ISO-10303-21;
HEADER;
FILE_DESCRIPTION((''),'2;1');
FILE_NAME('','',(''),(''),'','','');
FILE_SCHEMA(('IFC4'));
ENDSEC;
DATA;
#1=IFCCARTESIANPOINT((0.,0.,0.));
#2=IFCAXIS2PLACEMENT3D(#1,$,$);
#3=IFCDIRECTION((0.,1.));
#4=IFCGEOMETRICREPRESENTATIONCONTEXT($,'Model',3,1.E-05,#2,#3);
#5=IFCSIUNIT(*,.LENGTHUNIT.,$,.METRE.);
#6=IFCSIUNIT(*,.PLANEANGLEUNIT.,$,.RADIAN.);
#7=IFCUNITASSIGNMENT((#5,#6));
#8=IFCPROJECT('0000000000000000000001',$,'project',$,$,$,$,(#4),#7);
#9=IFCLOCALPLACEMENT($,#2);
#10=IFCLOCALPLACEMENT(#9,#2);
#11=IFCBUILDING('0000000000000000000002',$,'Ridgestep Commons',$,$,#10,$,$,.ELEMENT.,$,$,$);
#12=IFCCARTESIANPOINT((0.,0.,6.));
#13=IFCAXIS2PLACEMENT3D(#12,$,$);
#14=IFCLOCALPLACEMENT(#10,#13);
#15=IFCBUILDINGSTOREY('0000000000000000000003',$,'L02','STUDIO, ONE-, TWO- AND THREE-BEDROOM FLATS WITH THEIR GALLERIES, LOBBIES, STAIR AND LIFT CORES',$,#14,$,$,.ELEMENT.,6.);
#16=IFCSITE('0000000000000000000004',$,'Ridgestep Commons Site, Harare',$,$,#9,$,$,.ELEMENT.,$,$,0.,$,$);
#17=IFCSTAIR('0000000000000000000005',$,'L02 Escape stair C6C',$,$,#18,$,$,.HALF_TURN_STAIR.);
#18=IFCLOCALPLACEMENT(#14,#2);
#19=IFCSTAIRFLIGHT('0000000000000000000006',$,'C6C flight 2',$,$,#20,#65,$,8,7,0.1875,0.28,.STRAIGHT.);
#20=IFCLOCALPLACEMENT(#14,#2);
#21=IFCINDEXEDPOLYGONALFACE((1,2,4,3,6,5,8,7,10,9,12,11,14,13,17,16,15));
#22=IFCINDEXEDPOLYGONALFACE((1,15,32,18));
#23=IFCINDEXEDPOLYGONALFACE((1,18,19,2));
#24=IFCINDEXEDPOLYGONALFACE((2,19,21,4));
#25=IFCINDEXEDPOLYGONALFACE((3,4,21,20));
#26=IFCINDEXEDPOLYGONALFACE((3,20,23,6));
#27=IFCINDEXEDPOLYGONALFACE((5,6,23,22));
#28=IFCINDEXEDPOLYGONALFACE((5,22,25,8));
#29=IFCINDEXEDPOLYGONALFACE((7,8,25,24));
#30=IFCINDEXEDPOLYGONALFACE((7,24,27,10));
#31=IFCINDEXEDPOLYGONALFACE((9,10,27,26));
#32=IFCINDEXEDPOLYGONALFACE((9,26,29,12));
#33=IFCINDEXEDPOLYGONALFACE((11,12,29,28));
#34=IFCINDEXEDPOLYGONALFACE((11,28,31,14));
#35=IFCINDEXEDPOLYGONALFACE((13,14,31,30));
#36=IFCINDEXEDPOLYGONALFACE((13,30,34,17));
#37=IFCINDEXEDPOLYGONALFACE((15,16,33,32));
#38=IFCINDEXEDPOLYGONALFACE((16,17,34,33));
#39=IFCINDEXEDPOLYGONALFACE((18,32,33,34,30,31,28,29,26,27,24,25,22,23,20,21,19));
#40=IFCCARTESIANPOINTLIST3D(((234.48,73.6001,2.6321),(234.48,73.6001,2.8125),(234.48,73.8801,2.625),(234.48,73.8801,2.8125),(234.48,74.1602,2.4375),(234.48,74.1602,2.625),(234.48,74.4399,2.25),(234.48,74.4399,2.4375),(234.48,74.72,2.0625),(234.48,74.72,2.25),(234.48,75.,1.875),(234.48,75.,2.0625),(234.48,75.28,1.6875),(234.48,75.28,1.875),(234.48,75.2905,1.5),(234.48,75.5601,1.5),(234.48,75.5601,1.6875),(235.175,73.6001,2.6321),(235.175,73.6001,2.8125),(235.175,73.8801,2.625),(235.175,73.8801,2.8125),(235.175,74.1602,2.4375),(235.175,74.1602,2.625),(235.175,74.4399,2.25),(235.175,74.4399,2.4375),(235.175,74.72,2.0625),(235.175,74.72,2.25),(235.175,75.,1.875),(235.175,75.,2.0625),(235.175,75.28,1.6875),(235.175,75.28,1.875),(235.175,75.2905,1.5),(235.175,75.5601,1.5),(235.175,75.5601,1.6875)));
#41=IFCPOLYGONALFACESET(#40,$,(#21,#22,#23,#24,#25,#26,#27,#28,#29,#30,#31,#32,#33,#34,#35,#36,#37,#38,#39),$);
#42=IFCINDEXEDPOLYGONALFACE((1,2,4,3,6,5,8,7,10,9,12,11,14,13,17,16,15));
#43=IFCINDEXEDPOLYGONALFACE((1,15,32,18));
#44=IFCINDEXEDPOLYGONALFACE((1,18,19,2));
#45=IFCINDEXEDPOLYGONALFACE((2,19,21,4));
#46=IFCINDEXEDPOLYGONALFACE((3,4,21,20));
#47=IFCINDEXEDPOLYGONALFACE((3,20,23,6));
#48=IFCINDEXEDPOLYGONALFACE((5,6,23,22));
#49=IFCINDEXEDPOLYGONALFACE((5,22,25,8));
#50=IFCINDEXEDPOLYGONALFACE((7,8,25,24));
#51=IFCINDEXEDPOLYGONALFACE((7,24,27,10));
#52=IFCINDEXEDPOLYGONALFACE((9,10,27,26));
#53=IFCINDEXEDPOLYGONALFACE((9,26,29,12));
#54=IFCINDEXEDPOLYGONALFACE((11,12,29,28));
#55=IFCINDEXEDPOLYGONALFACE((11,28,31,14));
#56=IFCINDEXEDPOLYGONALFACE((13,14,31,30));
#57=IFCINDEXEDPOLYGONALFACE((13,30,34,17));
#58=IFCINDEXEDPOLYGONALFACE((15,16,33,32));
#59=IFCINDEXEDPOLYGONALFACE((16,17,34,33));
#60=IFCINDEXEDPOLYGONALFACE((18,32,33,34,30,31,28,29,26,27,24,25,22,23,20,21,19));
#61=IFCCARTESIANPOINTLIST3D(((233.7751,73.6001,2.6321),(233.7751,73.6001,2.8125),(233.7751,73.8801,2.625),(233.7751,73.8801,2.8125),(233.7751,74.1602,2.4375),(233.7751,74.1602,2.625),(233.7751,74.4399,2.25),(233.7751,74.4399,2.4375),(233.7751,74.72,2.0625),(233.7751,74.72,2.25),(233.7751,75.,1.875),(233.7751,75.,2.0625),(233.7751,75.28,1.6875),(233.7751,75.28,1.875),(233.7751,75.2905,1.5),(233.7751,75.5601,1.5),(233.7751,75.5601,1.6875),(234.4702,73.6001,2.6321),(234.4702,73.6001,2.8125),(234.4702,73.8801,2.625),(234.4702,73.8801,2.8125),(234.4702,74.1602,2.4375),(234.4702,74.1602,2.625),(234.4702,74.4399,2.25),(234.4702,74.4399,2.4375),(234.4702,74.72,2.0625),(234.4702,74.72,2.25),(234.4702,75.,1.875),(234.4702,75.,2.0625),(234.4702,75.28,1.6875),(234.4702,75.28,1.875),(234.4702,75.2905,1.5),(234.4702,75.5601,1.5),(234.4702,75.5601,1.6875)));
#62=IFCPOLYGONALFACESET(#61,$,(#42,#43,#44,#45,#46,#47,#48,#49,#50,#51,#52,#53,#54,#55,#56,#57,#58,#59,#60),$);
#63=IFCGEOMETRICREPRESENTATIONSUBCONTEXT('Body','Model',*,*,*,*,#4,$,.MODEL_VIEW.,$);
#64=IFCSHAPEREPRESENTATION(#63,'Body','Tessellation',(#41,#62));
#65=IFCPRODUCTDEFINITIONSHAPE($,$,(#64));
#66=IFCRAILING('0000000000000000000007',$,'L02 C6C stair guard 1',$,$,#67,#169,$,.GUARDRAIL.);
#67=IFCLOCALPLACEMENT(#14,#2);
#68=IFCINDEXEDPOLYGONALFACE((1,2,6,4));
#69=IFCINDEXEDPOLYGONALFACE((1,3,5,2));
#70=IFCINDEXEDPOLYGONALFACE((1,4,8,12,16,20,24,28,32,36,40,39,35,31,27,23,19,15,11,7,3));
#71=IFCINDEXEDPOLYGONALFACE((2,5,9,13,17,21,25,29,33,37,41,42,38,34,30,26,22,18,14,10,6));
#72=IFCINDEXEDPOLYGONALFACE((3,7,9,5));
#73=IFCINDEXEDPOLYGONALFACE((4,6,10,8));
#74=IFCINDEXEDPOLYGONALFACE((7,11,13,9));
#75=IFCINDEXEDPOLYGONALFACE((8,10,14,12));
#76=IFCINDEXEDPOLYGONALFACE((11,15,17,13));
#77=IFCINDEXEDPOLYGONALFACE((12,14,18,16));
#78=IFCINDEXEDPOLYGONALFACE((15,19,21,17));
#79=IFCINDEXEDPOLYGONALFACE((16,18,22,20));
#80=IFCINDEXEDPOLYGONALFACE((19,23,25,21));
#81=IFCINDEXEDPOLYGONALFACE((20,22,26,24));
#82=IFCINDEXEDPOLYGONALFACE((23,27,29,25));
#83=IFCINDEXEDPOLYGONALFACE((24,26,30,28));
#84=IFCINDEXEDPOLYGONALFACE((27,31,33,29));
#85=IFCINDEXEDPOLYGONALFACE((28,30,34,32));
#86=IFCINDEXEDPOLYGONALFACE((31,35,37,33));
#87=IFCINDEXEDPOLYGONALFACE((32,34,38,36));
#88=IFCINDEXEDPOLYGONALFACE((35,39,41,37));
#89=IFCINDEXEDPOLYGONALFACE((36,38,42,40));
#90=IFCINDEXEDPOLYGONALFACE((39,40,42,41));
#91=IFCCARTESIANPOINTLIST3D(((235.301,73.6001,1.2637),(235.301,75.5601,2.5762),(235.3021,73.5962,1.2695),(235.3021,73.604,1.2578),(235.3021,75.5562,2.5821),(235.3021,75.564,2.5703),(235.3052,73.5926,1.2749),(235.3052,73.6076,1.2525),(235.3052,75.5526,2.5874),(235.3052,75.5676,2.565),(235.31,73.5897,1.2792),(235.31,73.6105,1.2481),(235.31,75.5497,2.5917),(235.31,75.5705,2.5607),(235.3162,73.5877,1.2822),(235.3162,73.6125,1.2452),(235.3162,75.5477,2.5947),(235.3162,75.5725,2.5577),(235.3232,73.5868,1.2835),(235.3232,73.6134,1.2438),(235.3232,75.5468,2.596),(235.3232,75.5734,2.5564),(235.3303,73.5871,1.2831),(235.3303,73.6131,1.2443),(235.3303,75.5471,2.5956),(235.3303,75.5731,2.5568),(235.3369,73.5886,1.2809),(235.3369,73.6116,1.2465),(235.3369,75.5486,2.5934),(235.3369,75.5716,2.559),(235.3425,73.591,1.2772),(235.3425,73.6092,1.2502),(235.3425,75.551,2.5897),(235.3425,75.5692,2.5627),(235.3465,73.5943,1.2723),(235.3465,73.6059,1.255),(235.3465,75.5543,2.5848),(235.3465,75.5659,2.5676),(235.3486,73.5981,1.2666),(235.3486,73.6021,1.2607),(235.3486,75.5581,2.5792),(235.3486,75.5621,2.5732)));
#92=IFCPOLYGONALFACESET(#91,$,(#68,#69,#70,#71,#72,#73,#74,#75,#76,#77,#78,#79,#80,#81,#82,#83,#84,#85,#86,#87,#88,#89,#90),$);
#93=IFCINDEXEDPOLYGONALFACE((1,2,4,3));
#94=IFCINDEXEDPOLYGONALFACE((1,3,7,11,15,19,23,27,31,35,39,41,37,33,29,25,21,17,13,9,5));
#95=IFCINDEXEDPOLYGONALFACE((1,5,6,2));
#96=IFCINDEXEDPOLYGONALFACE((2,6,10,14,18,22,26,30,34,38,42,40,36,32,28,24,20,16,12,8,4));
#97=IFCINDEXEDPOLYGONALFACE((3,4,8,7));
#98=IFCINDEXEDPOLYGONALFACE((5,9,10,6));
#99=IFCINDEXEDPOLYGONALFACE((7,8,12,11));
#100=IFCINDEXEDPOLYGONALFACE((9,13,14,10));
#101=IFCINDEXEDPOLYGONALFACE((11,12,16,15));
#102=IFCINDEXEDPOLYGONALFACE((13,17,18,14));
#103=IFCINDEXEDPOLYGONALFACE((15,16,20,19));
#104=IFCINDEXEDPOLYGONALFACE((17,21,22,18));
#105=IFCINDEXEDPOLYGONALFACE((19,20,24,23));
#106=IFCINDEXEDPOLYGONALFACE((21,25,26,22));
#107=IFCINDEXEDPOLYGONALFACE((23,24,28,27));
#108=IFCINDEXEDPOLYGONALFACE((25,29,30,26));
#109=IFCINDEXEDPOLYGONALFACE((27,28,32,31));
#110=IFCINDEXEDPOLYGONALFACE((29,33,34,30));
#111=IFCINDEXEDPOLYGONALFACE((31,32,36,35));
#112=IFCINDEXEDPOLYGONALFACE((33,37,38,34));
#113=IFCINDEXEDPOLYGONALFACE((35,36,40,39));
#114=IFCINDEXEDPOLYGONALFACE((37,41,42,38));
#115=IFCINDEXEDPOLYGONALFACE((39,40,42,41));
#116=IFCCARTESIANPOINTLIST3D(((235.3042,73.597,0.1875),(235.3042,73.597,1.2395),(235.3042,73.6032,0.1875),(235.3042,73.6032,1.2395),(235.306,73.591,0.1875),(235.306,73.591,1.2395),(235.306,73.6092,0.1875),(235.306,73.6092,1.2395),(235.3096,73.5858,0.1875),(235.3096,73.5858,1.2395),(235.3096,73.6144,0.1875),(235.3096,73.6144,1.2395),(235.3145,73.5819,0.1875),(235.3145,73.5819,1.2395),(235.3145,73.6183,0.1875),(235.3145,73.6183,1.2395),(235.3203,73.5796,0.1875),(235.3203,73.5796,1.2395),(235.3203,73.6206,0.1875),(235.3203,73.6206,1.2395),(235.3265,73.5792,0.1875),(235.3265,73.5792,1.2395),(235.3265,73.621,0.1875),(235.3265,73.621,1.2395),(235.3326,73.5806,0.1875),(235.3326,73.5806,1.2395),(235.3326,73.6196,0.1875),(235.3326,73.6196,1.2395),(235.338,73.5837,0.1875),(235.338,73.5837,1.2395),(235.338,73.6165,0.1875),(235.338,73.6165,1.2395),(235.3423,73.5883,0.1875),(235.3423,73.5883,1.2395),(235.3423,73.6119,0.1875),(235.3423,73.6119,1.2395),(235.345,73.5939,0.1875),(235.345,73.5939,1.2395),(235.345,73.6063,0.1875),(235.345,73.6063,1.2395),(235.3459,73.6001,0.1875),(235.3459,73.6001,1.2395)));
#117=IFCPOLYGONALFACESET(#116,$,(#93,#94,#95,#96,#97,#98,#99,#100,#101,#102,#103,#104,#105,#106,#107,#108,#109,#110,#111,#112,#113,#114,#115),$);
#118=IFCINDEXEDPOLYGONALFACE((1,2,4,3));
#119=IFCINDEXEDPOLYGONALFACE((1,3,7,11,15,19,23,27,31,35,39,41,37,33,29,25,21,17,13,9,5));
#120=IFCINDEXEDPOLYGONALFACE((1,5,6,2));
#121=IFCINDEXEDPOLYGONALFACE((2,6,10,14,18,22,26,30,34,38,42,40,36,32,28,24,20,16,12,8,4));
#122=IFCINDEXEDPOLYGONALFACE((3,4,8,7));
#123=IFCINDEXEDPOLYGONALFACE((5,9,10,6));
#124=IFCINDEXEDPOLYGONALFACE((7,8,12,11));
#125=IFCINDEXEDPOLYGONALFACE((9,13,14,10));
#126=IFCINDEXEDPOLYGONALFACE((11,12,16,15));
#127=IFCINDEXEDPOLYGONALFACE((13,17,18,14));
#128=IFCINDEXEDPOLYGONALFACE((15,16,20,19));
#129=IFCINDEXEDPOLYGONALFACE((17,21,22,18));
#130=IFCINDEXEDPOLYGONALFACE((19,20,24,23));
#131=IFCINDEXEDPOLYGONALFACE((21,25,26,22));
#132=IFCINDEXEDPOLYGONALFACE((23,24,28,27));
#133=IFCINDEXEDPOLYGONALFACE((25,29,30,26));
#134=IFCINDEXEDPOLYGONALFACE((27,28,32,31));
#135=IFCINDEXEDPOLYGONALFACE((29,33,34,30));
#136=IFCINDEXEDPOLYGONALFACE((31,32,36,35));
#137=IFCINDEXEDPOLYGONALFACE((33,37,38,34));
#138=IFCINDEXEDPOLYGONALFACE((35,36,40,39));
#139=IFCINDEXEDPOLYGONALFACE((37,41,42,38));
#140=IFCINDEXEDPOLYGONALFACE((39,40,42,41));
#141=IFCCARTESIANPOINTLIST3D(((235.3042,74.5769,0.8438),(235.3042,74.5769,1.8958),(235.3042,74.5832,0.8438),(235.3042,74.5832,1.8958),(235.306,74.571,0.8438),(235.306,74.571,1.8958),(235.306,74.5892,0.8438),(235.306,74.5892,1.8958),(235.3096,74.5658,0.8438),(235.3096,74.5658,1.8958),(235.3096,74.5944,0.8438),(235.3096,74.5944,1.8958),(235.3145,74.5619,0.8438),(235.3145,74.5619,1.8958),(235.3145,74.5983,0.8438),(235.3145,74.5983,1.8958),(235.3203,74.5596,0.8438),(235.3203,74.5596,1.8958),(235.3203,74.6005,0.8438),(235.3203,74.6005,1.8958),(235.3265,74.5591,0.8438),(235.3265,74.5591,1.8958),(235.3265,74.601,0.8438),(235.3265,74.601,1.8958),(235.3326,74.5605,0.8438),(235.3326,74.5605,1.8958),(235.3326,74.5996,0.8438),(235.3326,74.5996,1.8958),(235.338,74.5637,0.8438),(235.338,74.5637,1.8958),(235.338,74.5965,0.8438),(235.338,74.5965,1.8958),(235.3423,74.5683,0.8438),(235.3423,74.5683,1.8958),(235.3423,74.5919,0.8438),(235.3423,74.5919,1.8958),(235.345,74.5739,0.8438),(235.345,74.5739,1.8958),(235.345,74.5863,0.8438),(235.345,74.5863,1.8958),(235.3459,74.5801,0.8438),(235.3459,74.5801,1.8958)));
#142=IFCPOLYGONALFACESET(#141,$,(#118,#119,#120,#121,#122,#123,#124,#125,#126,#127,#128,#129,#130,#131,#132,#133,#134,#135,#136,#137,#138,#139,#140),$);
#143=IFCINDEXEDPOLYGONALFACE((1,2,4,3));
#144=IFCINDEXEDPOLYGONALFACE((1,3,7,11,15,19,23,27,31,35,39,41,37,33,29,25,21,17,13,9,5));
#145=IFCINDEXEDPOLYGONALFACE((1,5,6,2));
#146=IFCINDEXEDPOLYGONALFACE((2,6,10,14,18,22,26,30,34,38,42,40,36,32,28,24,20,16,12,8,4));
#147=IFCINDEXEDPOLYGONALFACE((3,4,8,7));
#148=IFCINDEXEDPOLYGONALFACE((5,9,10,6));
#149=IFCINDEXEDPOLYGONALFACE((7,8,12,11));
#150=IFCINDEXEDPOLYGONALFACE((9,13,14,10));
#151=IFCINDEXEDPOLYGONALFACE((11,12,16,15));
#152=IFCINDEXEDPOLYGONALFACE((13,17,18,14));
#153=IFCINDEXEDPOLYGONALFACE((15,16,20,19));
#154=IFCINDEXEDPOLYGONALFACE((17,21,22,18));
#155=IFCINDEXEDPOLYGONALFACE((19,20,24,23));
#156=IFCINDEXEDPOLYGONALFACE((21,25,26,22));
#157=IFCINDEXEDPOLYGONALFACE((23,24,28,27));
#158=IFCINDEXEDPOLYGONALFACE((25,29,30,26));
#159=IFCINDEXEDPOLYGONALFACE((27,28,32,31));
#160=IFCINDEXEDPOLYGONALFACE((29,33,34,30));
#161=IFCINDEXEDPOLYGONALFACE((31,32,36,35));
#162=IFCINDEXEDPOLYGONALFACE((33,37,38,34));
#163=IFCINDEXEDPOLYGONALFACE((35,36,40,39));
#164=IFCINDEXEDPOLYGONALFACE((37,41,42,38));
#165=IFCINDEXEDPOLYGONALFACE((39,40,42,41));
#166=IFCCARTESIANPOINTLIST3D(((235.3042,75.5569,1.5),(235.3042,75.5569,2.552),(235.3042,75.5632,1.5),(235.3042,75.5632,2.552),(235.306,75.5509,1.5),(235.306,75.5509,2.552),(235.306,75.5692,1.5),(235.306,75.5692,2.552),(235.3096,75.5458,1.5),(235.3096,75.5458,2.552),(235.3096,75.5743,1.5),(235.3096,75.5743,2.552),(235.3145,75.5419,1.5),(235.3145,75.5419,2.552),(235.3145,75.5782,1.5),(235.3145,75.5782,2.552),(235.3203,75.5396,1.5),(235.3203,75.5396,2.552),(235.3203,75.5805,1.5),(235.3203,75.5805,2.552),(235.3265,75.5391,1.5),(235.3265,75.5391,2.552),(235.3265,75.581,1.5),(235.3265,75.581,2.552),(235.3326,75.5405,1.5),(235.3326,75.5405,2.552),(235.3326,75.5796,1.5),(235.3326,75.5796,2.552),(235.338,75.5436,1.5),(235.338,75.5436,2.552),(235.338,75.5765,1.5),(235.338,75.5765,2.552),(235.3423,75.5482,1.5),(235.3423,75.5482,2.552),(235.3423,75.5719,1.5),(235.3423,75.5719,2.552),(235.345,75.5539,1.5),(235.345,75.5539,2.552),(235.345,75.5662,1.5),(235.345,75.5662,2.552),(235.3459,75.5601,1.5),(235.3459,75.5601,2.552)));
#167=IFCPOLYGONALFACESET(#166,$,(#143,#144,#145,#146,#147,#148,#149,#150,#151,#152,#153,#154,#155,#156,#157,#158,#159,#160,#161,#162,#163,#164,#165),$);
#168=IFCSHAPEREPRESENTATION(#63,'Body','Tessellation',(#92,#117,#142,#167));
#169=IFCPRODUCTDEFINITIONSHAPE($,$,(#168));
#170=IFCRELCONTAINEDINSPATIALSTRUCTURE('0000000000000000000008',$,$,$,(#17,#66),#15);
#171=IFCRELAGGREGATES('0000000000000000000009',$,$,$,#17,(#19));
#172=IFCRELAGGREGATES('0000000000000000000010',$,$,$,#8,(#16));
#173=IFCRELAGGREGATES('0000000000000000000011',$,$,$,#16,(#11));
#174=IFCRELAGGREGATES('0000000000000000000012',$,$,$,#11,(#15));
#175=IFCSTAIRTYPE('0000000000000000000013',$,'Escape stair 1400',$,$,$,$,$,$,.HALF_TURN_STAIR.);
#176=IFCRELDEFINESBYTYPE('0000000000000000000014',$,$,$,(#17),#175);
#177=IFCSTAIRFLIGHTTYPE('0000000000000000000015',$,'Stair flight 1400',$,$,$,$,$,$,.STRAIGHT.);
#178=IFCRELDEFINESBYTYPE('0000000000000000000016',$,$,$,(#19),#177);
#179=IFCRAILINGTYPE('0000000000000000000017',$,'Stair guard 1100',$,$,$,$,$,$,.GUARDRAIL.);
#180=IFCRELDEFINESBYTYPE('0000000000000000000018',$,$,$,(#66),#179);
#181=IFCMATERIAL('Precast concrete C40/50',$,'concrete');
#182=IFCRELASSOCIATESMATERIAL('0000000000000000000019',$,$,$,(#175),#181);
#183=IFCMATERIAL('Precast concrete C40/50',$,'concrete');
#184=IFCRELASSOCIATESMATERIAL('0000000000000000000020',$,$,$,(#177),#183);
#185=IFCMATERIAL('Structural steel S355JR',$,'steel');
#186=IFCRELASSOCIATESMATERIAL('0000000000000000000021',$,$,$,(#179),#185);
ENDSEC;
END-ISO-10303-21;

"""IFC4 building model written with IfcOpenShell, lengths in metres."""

from ifc_helpers import new_model, si_unit, direction, frame, origin, origin_2d, place, context, subcontext, project, spatial, polyline, circle, outline, extrude, material, type_object, element, aggregate, save


model = new_model("IFC4")

# Units and contexts
model_context = context("Model", 3, precision=1e-05, world=origin(), true_north=direction((0.0, 1.0)))
body_context = subcontext(model_context, "Body", "Model", "MODEL_VIEW")
ifc_project = project(units=[si_unit("LENGTHUNIT", "METRE"), si_unit("PLANEANGLEUNIT", "RADIAN")], contexts=[model_context])

# Site, building, storey
site_placement = place(None, origin())
site = spatial("IfcSite", under=ifc_project, at=site_placement, Name="Ridgestep Commons Site, Harare", CompositionType="ELEMENT", RefElevation=0.0)
building_placement = place(site_placement, origin())
building = spatial("IfcBuilding", under=site, at=building_placement, Name="Ridgestep Commons", CompositionType="ELEMENT")
storey_placement = place(building_placement, frame((0.0, 0.0, 6.0)))
storey = spatial("IfcBuildingStorey", under=building, at=storey_placement, Name="L02", Description="STUDIO, ONE-, TWO- AND THREE-BEDROOM FLATS WITH THEIR GALLERIES, LOBBIES, STAIR AND LIFT CORES", CompositionType="ELEMENT", Elevation=6.0)

# Stair, stair flight
ifc_material_1 = material(Name="Precast concrete C40/50", Category="concrete")
stair_type = type_object("IfcStairType", Name="Escape stair 1400", PredefinedType="HALF_TURN_STAIR", material=ifc_material_1)
stair_placement = place(storey_placement, origin())
stair = element("IfcStair", 1, at=stair_placement, inside=storey, type_object=stair_type, Name="L02 Escape stair C6C", PredefinedType="HALF_TURN_STAIR")
ifc_material_2 = material(Name="Precast concrete C40/50", Category="concrete")
stair_flight_type = type_object("IfcStairFlightType", Name="Stair flight 1400", PredefinedType="STRAIGHT", material=ifc_material_2)
stair_flight_1_placement = place(storey_placement, frame((234.4751, 75.5601, 1.5), z_axis=(0.0, 0.0, 1.0), x_axis=(0.0, -1.0, 0.0)))
stair_flight_1 = element("IfcStairFlight", 2, at=stair_flight_1_placement, type_object=stair_flight_type, Name="C6C flight 2", NumberOfRisers=8, NumberOfTreads=7, PredefinedType="STRAIGHT", RiserHeight=0.1875, TreadLength=0.28, context=body_context, shape_type="SweptSolid", body=[
    extrude(outline(polyline([(0.0, 0.0), (0.0, 0.1875), (0.28, 0.1875), (0.28, 0.375), (0.5601, 0.375), (0.5601, 0.5625), (0.8401, 0.5625), (0.8401, 0.75), (1.1201, 0.75), (1.1201, 0.9375), (1.3999, 0.9375), (1.3999, 1.125), (1.6799, 1.125), (1.6799, 1.3125), (1.96, 1.3125), (1.96, 1.5), (1.96, 1.1321), (0.2695, 0.0), (0.0, 0.0)])), frame((0.0, 0.7, 0.0), z_axis=(0.0, -1.0, 0.0), x_axis=(1.0, 0.0, 0.0)), (0.0, 0.0, 1.0), 0.6951),
    extrude(outline(polyline([(0.0, 0.0), (0.0, 0.1875), (0.28, 0.1875), (0.28, 0.375), (0.5601, 0.375), (0.5601, 0.5625), (0.8401, 0.5625), (0.8401, 0.75), (1.1201, 0.75), (1.1201, 0.9375), (1.3999, 0.9375), (1.3999, 1.125), (1.6799, 1.125), (1.6799, 1.3125), (1.96, 1.3125), (1.96, 1.5), (1.96, 1.1321), (0.2695, 0.0), (0.0, 0.0)])), frame((0.0, -0.0049, 0.0), z_axis=(0.0, -1.0, 0.0), x_axis=(1.0, 0.0, 0.0)), (0.0, 0.0, 1.0), 0.6951),
])
aggregate(stair, [stair_flight_1])

# Railing
ifc_material_3 = material(Name="Structural steel S355JR", Category="steel")
railing_type_1 = type_object("IfcRailingType", Name="Stair guard 1100", PredefinedType="GUARDRAIL", material=ifc_material_3)
railing_1_placement = place(storey_placement, frame((235.325, 73.6001, 0.1875)))
element("IfcRailing", 3, at=railing_1_placement, inside=storey, type_object=railing_type_1, Name="L02 C6C stair guard 1", PredefinedType="GUARDRAIL", context=body_context, shape_type="SweptSolid", body=[
    extrude(circle(Radius=0.0239, at=origin_2d()), frame((0.0, 0.0, 1.0762), z_axis=(0.0, 0.830902, 0.556419), x_axis=(-1.0, 0.0, 0.0)), (0.0, 0.0, 1.0), 2.3589),
    extrude(circle(Radius=0.021, at=origin_2d()), origin(), (0.0, 0.0, 1.0), 1.052),
    extrude(circle(Radius=0.021, at=origin_2d()), frame((0.0, 0.98, 0.6562)), (0.0, 0.0, 1.0), 1.052),
    extrude(circle(Radius=0.021, at=origin_2d()), frame((0.0, 1.96, 1.3125)), (0.0, 0.0, 1.0), 1.052),
])

save(model, "model.ifc")
